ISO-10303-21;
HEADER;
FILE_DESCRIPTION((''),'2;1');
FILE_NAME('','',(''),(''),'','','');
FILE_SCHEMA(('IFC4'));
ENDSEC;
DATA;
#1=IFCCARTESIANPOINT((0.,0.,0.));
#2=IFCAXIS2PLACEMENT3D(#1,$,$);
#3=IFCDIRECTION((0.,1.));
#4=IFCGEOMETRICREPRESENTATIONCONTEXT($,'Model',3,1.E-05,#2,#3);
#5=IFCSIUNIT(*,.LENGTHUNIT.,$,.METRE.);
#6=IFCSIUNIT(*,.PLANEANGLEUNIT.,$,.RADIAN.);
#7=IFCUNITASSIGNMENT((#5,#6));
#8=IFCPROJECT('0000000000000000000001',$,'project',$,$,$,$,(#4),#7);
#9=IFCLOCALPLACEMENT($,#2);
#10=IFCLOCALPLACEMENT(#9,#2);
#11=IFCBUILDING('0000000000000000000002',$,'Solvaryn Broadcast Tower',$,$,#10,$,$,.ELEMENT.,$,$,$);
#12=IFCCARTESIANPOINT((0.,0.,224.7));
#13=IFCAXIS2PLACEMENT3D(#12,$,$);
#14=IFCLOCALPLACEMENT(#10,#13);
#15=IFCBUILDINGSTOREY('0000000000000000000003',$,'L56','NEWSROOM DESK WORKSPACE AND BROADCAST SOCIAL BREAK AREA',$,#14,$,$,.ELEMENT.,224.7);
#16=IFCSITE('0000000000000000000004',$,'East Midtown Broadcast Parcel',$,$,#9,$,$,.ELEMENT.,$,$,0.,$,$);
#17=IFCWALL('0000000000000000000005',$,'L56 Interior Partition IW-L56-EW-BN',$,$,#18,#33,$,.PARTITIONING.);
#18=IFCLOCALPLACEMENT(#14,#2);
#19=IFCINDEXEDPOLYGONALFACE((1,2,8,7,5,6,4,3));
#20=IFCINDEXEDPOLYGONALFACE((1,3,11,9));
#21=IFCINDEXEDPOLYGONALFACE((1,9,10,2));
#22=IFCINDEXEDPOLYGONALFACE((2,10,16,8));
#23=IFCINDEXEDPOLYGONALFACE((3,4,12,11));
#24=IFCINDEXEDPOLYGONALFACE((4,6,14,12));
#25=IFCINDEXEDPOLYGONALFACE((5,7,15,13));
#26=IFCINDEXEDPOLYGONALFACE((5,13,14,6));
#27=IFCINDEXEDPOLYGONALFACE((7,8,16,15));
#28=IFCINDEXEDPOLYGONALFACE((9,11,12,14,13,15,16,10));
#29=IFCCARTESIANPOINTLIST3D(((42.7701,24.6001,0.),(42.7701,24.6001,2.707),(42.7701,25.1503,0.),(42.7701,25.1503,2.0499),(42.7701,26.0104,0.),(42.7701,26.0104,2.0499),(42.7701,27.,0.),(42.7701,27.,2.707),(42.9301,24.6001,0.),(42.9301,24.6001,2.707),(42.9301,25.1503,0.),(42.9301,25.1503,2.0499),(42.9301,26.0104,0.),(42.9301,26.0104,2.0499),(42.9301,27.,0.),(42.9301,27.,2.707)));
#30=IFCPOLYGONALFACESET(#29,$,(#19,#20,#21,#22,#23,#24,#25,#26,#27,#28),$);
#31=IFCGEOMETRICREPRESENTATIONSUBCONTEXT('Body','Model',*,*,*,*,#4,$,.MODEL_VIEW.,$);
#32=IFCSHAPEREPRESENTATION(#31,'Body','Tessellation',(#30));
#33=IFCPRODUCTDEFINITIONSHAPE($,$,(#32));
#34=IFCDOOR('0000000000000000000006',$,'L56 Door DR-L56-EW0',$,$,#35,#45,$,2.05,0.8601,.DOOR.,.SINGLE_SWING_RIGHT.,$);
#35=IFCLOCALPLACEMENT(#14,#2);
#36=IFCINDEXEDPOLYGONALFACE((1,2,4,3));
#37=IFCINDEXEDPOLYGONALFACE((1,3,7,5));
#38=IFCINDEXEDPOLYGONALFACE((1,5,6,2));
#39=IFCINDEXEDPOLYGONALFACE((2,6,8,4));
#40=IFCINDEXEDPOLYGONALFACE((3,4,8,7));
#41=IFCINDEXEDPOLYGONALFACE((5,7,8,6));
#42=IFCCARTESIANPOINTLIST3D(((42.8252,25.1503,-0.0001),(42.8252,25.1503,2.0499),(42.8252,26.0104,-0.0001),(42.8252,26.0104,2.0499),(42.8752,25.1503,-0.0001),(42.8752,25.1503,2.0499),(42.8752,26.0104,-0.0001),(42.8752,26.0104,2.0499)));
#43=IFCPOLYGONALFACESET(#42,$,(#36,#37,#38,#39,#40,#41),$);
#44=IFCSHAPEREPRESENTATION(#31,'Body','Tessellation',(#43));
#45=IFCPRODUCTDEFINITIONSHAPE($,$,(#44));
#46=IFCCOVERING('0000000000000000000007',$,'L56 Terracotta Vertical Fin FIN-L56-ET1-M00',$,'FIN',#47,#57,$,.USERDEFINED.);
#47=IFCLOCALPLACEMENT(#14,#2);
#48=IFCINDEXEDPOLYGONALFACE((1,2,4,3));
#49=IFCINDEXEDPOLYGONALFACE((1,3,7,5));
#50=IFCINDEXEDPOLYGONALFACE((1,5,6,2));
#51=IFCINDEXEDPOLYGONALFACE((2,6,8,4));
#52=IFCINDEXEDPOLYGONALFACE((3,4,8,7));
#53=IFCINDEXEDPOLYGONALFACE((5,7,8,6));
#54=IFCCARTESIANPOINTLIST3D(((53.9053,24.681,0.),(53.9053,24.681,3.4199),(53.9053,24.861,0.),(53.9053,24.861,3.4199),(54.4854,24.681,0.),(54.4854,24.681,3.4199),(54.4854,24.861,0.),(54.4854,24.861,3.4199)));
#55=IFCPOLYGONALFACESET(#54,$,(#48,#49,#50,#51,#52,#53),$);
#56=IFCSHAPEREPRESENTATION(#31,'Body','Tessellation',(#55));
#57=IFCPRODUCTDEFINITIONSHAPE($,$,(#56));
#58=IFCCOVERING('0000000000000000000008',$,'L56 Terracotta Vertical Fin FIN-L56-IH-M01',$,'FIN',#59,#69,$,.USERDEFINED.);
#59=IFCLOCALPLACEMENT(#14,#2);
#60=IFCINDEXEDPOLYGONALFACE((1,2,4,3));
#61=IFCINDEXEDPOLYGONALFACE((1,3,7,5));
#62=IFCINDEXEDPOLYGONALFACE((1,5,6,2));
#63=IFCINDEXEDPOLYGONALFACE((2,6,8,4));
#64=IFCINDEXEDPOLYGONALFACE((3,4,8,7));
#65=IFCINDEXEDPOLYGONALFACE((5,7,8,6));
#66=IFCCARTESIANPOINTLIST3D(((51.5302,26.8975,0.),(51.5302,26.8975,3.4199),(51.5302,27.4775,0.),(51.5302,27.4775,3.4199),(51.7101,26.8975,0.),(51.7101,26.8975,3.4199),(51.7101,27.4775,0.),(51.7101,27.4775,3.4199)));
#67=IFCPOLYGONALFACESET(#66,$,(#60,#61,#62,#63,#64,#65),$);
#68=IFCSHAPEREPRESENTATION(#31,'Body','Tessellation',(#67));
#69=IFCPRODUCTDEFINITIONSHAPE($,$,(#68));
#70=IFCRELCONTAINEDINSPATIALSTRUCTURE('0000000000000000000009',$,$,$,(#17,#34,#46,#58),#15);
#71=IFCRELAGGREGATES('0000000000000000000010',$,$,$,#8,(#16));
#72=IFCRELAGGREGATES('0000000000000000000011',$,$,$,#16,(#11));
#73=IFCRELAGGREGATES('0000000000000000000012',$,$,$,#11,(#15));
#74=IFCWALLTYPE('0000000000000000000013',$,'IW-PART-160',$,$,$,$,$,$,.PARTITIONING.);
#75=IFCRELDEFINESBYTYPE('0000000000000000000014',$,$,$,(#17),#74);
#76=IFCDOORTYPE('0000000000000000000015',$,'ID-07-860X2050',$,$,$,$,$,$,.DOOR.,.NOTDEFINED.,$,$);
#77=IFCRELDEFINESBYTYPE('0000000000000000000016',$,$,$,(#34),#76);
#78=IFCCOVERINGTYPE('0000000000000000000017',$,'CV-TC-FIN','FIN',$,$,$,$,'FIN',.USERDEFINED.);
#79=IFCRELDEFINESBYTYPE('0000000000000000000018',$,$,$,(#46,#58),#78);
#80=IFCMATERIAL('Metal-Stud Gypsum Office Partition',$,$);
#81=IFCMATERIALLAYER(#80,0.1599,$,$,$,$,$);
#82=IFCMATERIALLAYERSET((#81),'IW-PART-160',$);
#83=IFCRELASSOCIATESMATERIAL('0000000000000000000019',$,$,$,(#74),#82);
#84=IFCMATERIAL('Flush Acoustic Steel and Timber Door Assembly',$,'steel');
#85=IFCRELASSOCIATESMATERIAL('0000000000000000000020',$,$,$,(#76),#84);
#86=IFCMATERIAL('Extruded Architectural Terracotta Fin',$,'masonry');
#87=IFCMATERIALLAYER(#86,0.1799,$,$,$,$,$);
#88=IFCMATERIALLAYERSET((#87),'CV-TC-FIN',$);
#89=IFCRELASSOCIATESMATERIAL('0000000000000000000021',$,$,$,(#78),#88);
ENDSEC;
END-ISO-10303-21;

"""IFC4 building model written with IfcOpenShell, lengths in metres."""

from ifc_helpers import new_model, si_unit, direction, frame, frame_2d, origin, origin_2d, place, context, subcontext, project, spatial, rectangle, extrude, material, layer, layer_set, type_object, element, fill, save


model = new_model("IFC4")

# Units and contexts
model_context = context("Model", 3, precision=1e-05, world=origin(), true_north=direction((0.0, 1.0)))
body_context = subcontext(model_context, "Body", "Model", "MODEL_VIEW")
ifc_project = project(units=[si_unit("LENGTHUNIT", "METRE"), si_unit("PLANEANGLEUNIT", "RADIAN")], contexts=[model_context])

# Site, building, storey
site_placement = place(None, origin())
site = spatial("IfcSite", under=ifc_project, at=site_placement, Name="East Midtown Broadcast Parcel", CompositionType="ELEMENT", RefElevation=0.0)
building_placement = place(site_placement, origin())
building = spatial("IfcBuilding", under=site, at=building_placement, Name="Solvaryn Broadcast Tower", CompositionType="ELEMENT")
storey_placement = place(building_placement, frame((0.0, 0.0, 224.7)))
storey = spatial("IfcBuildingStorey", under=building, at=storey_placement, Name="L56", Description="NEWSROOM DESK WORKSPACE AND BROADCAST SOCIAL BREAK AREA", CompositionType="ELEMENT", Elevation=224.7)

# Wall, opening, door
ifc_material_1 = material(Name="Metal-Stud Gypsum Office Partition")
ifc_layer_1 = layer(ifc_material_1, 0.1599)
ifc_layer_set_1 = layer_set([ifc_layer_1], Name="IW-PART-160")
wall_type_1 = type_object("IfcWallType", Name="IW-PART-160", PredefinedType="PARTITIONING", material=ifc_layer_set_1)
wall_1_placement = place(storey_placement, frame((42.8501, 24.6001, 0.0), z_axis=(0.0, 0.0, 1.0), x_axis=(0.0, 1.0, 0.0)))
wall_1 = element("IfcWall", 1, at=wall_1_placement, inside=storey, type_object=wall_type_1, Name="L56 Interior Partition IW-L56-EW-BN", PredefinedType="PARTITIONING", context=body_context, shape_type="SweptSolid", body=[
    extrude(rectangle(XDim=2.3999, YDim=0.1599, at=frame_2d((1.2, 0.0))), origin(), (0.0, 0.0, 1.0), 2.707),
])
opening_1_placement = place(wall_1_placement, frame((0.55, 0.0, 0.0)))
opening_1 = element("IfcOpeningElement", 2, at=opening_1_placement, cuts=wall_1, PredefinedType="OPENING", context=body_context, shape_type="SweptSolid", body=[
    extrude(rectangle(XDim=0.8601, YDim=2.05, at=frame_2d((0.4302, 1.0249))), frame((0.0, 0.0901, 0.0), z_axis=(0.0, -1.0, 0.0), x_axis=(1.0, 0.0, 0.0)), (0.0, 0.0, 1.0), 0.1799),
])
ifc_material_2 = material(Name="Flush Acoustic Steel and Timber Door Assembly", Category="steel")
door_type_1 = type_object("IfcDoorType", Name="ID-07-860X2050", OperationType="NOTDEFINED", PredefinedType="DOOR", material=ifc_material_2)
door_1_placement = place(opening_1_placement, origin())
door_1 = element("IfcDoor", 3, at=door_1_placement, inside=storey, type_object=door_type_1, Name="L56 Door DR-L56-EW0", OperationType="SINGLE_SWING_RIGHT", OverallHeight=2.05, OverallWidth=0.8601, PredefinedType="DOOR", context=body_context, shape_type="SweptSolid", body=[
    extrude(rectangle(XDim=0.8601, YDim=2.05, at=frame_2d((0.4302, 1.0249))), frame((0.0, 0.0249, 0.0), z_axis=(0.0, -1.0, 0.0), x_axis=(1.0, 0.0, 0.0)), (0.0, 0.0, 1.0), 0.05),
])
fill(opening_1, door_1)

# Coverings
ifc_material_3 = material(Name="Extruded Architectural Terracotta Fin", Category="masonry")
ifc_layer_2 = layer(ifc_material_3, 0.1799)
ifc_layer_set_2 = layer_set([ifc_layer_2], Name="CV-TC-FIN")
covering_type = type_object("IfcCoveringType", Name="CV-TC-FIN", Description="FIN", ElementType="FIN", PredefinedType="USERDEFINED", material=ifc_layer_set_2)
covering_1_placement = place(storey_placement, frame((54.1953, 24.771, 0.0), z_axis=(0.0, 0.0, 1.0), x_axis=(1.0, 0.0, 0.0)))
element("IfcCovering", 4, at=covering_1_placement, inside=storey, type_object=covering_type, Name="L56 Terracotta Vertical Fin FIN-L56-ET1-M00", ObjectType="FIN", PredefinedType="USERDEFINED", context=body_context, shape_type="SweptSolid", body=[
    extrude(rectangle(XDim=0.5801, YDim=0.1799, at=origin_2d()), origin(), (0.0, 0.0, 1.0), 3.4199),
])
covering_2_placement = place(storey_placement, frame((51.6201, 27.1875, 0.0), z_axis=(0.0, 0.0, 1.0), x_axis=(1.0, 0.0, 0.0)))
element("IfcCovering", 5, at=covering_2_placement, inside=storey, type_object=covering_type, Name="L56 Terracotta Vertical Fin FIN-L56-IH-M01", ObjectType="FIN", PredefinedType="USERDEFINED", context=body_context, shape_type="SweptSolid", body=[
    extrude(rectangle(XDim=0.1799, YDim=0.5801, at=origin_2d()), origin(), (0.0, 0.0, 1.0), 3.4199),
])

save(model, "model.ifc")
